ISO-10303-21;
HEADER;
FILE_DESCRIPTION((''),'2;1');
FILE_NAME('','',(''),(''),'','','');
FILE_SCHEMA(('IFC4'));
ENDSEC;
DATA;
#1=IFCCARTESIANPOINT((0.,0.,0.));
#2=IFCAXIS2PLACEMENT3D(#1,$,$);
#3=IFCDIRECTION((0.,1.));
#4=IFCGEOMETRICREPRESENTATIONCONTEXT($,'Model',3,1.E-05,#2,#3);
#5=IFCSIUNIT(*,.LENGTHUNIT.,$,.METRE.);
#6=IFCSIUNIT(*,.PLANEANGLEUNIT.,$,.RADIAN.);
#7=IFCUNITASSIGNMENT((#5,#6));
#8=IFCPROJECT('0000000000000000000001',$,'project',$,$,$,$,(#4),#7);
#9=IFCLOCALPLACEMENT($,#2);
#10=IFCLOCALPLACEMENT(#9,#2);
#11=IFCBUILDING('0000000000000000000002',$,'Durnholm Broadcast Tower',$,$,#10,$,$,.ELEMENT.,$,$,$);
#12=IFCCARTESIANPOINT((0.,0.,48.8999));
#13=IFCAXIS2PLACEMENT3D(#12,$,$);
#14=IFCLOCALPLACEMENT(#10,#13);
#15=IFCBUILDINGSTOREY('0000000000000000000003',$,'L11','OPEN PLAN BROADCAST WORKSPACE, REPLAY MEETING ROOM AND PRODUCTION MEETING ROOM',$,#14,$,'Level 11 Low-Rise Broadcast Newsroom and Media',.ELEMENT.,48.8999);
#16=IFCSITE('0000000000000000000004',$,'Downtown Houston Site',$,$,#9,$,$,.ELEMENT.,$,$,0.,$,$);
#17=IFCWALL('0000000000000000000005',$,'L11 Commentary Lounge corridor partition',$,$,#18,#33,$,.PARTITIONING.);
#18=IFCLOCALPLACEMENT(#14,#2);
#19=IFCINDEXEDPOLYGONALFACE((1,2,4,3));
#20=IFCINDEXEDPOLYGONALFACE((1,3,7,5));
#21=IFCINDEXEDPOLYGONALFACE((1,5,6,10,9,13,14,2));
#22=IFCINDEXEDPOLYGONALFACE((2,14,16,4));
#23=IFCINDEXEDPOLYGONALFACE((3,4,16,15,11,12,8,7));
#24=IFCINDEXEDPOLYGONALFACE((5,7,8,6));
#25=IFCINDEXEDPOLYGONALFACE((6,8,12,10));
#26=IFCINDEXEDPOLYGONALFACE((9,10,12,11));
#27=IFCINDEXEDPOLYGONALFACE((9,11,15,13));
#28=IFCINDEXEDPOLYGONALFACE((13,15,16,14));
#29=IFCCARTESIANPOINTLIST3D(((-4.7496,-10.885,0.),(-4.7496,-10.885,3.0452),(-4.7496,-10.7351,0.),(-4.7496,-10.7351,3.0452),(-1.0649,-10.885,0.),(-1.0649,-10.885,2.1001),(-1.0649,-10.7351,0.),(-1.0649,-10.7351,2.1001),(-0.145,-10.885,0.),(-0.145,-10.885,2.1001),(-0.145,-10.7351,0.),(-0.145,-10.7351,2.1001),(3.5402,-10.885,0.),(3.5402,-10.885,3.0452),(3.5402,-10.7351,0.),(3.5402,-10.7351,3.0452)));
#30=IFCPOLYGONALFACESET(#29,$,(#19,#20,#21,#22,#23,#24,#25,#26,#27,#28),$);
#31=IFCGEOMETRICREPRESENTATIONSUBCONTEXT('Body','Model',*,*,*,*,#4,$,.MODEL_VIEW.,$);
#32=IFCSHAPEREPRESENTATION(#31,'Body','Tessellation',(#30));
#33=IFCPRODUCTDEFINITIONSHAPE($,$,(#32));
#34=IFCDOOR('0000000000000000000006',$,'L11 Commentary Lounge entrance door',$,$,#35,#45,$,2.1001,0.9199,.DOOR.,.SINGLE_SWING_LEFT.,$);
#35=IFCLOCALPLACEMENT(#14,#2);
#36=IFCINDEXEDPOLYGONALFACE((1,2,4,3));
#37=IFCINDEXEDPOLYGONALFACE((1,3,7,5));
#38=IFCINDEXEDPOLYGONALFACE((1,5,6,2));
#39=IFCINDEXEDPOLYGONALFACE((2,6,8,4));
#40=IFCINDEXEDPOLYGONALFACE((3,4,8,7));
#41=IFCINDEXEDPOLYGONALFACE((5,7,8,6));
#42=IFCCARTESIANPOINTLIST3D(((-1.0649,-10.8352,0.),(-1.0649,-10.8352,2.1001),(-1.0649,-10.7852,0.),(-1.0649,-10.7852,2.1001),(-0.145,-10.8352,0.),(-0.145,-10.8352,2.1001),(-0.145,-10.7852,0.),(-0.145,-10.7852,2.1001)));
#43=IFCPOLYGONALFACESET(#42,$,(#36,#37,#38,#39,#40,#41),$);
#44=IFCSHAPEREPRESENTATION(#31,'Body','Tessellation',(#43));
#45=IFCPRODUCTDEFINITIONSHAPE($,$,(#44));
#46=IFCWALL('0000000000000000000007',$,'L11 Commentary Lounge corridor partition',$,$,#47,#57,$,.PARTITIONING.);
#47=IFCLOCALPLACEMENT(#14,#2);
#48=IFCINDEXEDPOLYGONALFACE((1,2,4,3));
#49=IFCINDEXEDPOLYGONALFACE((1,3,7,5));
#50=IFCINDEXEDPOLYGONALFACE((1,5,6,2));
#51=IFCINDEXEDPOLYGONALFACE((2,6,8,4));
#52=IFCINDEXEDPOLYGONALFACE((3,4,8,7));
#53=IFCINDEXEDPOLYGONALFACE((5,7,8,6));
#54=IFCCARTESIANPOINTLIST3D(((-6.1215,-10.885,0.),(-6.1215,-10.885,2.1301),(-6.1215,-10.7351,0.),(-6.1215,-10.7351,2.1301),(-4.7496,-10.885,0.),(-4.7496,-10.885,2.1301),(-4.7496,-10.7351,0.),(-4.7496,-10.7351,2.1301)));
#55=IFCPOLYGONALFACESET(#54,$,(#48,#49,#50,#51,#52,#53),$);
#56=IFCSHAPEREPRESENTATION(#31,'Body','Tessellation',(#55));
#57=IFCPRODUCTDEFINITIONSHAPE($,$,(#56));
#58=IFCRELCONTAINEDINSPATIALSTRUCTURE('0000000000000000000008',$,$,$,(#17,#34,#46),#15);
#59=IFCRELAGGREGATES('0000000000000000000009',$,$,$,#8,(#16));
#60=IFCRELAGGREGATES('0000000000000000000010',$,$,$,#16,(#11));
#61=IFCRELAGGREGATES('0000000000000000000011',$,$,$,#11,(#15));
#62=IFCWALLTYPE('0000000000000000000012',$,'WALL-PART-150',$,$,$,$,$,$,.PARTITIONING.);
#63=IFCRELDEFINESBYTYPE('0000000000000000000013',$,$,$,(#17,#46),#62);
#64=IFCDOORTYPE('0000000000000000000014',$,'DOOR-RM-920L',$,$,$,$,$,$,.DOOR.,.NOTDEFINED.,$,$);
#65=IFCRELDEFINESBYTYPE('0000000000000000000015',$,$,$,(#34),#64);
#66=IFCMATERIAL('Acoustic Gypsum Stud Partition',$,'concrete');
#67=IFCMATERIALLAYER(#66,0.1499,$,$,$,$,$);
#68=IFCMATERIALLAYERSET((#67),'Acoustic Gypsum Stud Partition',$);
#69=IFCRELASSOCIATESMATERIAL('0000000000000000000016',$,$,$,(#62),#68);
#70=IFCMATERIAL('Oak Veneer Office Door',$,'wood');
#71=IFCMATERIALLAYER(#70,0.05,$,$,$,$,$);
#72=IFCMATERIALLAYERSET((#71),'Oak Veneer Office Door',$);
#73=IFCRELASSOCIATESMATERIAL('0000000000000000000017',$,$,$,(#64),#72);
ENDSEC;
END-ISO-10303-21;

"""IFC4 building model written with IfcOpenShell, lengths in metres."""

from ifc_helpers import new_model, si_unit, direction, frame, frame_2d, origin, place, context, subcontext, project, spatial, rectangle, extrude, source, transform, mapped, material, layer, layer_set, type_object, type_shapes, element, fill, save


model = new_model("IFC4")

# Units and contexts
model_context = context("Model", 3, precision=1e-05, world=origin(), true_north=direction((0.0, 1.0)))
body_context = subcontext(model_context, "Body", "Model", "MODEL_VIEW")
ifc_project = project(units=[si_unit("LENGTHUNIT", "METRE"), si_unit("PLANEANGLEUNIT", "RADIAN")], contexts=[model_context])

# Site, building, storey
site_placement = place(None, origin())
site = spatial("IfcSite", under=ifc_project, at=site_placement, Name="Downtown Houston Site", CompositionType="ELEMENT", RefElevation=0.0)
building_placement = place(site_placement, origin())
building = spatial("IfcBuilding", under=site, at=building_placement, Name="Durnholm Broadcast Tower", CompositionType="ELEMENT")
storey_placement = place(building_placement, frame((0.0, 0.0, 48.8999)))
storey = spatial("IfcBuildingStorey", under=building, at=storey_placement, Name="L11", Description="OPEN PLAN BROADCAST WORKSPACE, REPLAY MEETING ROOM AND PRODUCTION MEETING ROOM", LongName="Level 11 Low-Rise Broadcast Newsroom and Media", CompositionType="ELEMENT", Elevation=48.8999)

# Shared definitions
ifc_material_1 = material(Name="Acoustic Gypsum Stud Partition", Category="concrete")
ifc_layer_1 = layer(ifc_material_1, 0.1499)
ifc_layer_set_1 = layer_set([ifc_layer_1], Name="Acoustic Gypsum Stud Partition")
wall_type_1 = type_object("IfcWallType", Name="WALL-PART-150", PredefinedType="PARTITIONING", material=ifc_layer_set_1)

# Wall, opening, door
wall_1_placement = place(storey_placement, frame((-4.7498, -10.8101, 0.0), z_axis=(0.0, 0.0, 1.0), x_axis=(1.0, 0.0, 0.0)))
wall_1 = element("IfcWall", 1, at=wall_1_placement, inside=storey, type_object=wall_type_1, Name="L11 Commentary Lounge corridor partition", PredefinedType="PARTITIONING", context=body_context, shape_type="SweptSolid", body=[
    extrude(rectangle(XDim=8.2898, YDim=0.1499, at=frame_2d((4.145, 0.0))), origin(), (0.0, 0.0, 1.0), 3.0452),
])
opening_placement = place(wall_1_placement, frame((3.6848, 0.0, 0.0)))
opening = element("IfcOpeningElement", 2, at=opening_placement, cuts=wall_1, PredefinedType="OPENING", context=body_context, shape_type="SweptSolid", body=[
    extrude(rectangle(XDim=0.9199, YDim=2.1001, at=frame_2d((0.46, 1.05))), frame((0.0, 0.085, 0.0), z_axis=(0.0, -1.0, 0.0), x_axis=(1.0, 0.0, 0.0)), (0.0, 0.0, 1.0), 0.1699),
])
ifc_material_2 = material(Name="Oak Veneer Office Door", Category="wood")
ifc_layer_2 = layer(ifc_material_2, 0.05)
ifc_layer_set_2 = layer_set([ifc_layer_2], Name="Oak Veneer Office Door")
door_type = type_object("IfcDoorType", Name="DOOR-RM-920L", OperationType="NOTDEFINED", PredefinedType="DOOR", material=ifc_layer_set_2)
shared_shape_1 = source(origin(), body_context, "Body", "SweptSolid", [
    extrude(rectangle(XDim=0.9199, YDim=2.1001, at=frame_2d((0.46, 1.05))), frame((0.0, 0.0249, 0.0), z_axis=(0.0, -1.0, 0.0), x_axis=(1.0, 0.0, 0.0)), (0.0, 0.0, 1.0), 0.05),
])
type_shapes(door_type, [shared_shape_1])
door_placement = place(opening_placement, origin())
door = element("IfcDoor", 3, at=door_placement, inside=storey, type_object=door_type, Name="L11 Commentary Lounge entrance door", OperationType="SINGLE_SWING_LEFT", OverallHeight=2.1001, OverallWidth=0.9199, PredefinedType="DOOR", context=body_context, shape_type="MappedRepresentation", body=[
    mapped(shared_shape_1, transform((0.0, 0.0, 0.0), x_axis=(1.0, 0.0, 0.0), y_axis=(0.0, 1.0, 0.0), z_axis=(0.0, 0.0, 1.0), scale=1.0)),
])
fill(opening, door)

# Wall
wall_2_placement = place(storey_placement, frame((-6.1216, -10.8101, 0.0), z_axis=(0.0, 0.0, 1.0), x_axis=(1.0, 0.0, 0.0)))
element("IfcWall", 4, at=wall_2_placement, inside=storey, type_object=wall_type_1, Name="L11 Commentary Lounge corridor partition", PredefinedType="PARTITIONING", context=body_context, shape_type="SweptSolid", body=[
    extrude(rectangle(XDim=1.3718, YDim=0.1499, at=frame_2d((0.686, 0.0))), origin(), (0.0, 0.0, 1.0), 2.1301),
])

save(model, "model.ifc")
